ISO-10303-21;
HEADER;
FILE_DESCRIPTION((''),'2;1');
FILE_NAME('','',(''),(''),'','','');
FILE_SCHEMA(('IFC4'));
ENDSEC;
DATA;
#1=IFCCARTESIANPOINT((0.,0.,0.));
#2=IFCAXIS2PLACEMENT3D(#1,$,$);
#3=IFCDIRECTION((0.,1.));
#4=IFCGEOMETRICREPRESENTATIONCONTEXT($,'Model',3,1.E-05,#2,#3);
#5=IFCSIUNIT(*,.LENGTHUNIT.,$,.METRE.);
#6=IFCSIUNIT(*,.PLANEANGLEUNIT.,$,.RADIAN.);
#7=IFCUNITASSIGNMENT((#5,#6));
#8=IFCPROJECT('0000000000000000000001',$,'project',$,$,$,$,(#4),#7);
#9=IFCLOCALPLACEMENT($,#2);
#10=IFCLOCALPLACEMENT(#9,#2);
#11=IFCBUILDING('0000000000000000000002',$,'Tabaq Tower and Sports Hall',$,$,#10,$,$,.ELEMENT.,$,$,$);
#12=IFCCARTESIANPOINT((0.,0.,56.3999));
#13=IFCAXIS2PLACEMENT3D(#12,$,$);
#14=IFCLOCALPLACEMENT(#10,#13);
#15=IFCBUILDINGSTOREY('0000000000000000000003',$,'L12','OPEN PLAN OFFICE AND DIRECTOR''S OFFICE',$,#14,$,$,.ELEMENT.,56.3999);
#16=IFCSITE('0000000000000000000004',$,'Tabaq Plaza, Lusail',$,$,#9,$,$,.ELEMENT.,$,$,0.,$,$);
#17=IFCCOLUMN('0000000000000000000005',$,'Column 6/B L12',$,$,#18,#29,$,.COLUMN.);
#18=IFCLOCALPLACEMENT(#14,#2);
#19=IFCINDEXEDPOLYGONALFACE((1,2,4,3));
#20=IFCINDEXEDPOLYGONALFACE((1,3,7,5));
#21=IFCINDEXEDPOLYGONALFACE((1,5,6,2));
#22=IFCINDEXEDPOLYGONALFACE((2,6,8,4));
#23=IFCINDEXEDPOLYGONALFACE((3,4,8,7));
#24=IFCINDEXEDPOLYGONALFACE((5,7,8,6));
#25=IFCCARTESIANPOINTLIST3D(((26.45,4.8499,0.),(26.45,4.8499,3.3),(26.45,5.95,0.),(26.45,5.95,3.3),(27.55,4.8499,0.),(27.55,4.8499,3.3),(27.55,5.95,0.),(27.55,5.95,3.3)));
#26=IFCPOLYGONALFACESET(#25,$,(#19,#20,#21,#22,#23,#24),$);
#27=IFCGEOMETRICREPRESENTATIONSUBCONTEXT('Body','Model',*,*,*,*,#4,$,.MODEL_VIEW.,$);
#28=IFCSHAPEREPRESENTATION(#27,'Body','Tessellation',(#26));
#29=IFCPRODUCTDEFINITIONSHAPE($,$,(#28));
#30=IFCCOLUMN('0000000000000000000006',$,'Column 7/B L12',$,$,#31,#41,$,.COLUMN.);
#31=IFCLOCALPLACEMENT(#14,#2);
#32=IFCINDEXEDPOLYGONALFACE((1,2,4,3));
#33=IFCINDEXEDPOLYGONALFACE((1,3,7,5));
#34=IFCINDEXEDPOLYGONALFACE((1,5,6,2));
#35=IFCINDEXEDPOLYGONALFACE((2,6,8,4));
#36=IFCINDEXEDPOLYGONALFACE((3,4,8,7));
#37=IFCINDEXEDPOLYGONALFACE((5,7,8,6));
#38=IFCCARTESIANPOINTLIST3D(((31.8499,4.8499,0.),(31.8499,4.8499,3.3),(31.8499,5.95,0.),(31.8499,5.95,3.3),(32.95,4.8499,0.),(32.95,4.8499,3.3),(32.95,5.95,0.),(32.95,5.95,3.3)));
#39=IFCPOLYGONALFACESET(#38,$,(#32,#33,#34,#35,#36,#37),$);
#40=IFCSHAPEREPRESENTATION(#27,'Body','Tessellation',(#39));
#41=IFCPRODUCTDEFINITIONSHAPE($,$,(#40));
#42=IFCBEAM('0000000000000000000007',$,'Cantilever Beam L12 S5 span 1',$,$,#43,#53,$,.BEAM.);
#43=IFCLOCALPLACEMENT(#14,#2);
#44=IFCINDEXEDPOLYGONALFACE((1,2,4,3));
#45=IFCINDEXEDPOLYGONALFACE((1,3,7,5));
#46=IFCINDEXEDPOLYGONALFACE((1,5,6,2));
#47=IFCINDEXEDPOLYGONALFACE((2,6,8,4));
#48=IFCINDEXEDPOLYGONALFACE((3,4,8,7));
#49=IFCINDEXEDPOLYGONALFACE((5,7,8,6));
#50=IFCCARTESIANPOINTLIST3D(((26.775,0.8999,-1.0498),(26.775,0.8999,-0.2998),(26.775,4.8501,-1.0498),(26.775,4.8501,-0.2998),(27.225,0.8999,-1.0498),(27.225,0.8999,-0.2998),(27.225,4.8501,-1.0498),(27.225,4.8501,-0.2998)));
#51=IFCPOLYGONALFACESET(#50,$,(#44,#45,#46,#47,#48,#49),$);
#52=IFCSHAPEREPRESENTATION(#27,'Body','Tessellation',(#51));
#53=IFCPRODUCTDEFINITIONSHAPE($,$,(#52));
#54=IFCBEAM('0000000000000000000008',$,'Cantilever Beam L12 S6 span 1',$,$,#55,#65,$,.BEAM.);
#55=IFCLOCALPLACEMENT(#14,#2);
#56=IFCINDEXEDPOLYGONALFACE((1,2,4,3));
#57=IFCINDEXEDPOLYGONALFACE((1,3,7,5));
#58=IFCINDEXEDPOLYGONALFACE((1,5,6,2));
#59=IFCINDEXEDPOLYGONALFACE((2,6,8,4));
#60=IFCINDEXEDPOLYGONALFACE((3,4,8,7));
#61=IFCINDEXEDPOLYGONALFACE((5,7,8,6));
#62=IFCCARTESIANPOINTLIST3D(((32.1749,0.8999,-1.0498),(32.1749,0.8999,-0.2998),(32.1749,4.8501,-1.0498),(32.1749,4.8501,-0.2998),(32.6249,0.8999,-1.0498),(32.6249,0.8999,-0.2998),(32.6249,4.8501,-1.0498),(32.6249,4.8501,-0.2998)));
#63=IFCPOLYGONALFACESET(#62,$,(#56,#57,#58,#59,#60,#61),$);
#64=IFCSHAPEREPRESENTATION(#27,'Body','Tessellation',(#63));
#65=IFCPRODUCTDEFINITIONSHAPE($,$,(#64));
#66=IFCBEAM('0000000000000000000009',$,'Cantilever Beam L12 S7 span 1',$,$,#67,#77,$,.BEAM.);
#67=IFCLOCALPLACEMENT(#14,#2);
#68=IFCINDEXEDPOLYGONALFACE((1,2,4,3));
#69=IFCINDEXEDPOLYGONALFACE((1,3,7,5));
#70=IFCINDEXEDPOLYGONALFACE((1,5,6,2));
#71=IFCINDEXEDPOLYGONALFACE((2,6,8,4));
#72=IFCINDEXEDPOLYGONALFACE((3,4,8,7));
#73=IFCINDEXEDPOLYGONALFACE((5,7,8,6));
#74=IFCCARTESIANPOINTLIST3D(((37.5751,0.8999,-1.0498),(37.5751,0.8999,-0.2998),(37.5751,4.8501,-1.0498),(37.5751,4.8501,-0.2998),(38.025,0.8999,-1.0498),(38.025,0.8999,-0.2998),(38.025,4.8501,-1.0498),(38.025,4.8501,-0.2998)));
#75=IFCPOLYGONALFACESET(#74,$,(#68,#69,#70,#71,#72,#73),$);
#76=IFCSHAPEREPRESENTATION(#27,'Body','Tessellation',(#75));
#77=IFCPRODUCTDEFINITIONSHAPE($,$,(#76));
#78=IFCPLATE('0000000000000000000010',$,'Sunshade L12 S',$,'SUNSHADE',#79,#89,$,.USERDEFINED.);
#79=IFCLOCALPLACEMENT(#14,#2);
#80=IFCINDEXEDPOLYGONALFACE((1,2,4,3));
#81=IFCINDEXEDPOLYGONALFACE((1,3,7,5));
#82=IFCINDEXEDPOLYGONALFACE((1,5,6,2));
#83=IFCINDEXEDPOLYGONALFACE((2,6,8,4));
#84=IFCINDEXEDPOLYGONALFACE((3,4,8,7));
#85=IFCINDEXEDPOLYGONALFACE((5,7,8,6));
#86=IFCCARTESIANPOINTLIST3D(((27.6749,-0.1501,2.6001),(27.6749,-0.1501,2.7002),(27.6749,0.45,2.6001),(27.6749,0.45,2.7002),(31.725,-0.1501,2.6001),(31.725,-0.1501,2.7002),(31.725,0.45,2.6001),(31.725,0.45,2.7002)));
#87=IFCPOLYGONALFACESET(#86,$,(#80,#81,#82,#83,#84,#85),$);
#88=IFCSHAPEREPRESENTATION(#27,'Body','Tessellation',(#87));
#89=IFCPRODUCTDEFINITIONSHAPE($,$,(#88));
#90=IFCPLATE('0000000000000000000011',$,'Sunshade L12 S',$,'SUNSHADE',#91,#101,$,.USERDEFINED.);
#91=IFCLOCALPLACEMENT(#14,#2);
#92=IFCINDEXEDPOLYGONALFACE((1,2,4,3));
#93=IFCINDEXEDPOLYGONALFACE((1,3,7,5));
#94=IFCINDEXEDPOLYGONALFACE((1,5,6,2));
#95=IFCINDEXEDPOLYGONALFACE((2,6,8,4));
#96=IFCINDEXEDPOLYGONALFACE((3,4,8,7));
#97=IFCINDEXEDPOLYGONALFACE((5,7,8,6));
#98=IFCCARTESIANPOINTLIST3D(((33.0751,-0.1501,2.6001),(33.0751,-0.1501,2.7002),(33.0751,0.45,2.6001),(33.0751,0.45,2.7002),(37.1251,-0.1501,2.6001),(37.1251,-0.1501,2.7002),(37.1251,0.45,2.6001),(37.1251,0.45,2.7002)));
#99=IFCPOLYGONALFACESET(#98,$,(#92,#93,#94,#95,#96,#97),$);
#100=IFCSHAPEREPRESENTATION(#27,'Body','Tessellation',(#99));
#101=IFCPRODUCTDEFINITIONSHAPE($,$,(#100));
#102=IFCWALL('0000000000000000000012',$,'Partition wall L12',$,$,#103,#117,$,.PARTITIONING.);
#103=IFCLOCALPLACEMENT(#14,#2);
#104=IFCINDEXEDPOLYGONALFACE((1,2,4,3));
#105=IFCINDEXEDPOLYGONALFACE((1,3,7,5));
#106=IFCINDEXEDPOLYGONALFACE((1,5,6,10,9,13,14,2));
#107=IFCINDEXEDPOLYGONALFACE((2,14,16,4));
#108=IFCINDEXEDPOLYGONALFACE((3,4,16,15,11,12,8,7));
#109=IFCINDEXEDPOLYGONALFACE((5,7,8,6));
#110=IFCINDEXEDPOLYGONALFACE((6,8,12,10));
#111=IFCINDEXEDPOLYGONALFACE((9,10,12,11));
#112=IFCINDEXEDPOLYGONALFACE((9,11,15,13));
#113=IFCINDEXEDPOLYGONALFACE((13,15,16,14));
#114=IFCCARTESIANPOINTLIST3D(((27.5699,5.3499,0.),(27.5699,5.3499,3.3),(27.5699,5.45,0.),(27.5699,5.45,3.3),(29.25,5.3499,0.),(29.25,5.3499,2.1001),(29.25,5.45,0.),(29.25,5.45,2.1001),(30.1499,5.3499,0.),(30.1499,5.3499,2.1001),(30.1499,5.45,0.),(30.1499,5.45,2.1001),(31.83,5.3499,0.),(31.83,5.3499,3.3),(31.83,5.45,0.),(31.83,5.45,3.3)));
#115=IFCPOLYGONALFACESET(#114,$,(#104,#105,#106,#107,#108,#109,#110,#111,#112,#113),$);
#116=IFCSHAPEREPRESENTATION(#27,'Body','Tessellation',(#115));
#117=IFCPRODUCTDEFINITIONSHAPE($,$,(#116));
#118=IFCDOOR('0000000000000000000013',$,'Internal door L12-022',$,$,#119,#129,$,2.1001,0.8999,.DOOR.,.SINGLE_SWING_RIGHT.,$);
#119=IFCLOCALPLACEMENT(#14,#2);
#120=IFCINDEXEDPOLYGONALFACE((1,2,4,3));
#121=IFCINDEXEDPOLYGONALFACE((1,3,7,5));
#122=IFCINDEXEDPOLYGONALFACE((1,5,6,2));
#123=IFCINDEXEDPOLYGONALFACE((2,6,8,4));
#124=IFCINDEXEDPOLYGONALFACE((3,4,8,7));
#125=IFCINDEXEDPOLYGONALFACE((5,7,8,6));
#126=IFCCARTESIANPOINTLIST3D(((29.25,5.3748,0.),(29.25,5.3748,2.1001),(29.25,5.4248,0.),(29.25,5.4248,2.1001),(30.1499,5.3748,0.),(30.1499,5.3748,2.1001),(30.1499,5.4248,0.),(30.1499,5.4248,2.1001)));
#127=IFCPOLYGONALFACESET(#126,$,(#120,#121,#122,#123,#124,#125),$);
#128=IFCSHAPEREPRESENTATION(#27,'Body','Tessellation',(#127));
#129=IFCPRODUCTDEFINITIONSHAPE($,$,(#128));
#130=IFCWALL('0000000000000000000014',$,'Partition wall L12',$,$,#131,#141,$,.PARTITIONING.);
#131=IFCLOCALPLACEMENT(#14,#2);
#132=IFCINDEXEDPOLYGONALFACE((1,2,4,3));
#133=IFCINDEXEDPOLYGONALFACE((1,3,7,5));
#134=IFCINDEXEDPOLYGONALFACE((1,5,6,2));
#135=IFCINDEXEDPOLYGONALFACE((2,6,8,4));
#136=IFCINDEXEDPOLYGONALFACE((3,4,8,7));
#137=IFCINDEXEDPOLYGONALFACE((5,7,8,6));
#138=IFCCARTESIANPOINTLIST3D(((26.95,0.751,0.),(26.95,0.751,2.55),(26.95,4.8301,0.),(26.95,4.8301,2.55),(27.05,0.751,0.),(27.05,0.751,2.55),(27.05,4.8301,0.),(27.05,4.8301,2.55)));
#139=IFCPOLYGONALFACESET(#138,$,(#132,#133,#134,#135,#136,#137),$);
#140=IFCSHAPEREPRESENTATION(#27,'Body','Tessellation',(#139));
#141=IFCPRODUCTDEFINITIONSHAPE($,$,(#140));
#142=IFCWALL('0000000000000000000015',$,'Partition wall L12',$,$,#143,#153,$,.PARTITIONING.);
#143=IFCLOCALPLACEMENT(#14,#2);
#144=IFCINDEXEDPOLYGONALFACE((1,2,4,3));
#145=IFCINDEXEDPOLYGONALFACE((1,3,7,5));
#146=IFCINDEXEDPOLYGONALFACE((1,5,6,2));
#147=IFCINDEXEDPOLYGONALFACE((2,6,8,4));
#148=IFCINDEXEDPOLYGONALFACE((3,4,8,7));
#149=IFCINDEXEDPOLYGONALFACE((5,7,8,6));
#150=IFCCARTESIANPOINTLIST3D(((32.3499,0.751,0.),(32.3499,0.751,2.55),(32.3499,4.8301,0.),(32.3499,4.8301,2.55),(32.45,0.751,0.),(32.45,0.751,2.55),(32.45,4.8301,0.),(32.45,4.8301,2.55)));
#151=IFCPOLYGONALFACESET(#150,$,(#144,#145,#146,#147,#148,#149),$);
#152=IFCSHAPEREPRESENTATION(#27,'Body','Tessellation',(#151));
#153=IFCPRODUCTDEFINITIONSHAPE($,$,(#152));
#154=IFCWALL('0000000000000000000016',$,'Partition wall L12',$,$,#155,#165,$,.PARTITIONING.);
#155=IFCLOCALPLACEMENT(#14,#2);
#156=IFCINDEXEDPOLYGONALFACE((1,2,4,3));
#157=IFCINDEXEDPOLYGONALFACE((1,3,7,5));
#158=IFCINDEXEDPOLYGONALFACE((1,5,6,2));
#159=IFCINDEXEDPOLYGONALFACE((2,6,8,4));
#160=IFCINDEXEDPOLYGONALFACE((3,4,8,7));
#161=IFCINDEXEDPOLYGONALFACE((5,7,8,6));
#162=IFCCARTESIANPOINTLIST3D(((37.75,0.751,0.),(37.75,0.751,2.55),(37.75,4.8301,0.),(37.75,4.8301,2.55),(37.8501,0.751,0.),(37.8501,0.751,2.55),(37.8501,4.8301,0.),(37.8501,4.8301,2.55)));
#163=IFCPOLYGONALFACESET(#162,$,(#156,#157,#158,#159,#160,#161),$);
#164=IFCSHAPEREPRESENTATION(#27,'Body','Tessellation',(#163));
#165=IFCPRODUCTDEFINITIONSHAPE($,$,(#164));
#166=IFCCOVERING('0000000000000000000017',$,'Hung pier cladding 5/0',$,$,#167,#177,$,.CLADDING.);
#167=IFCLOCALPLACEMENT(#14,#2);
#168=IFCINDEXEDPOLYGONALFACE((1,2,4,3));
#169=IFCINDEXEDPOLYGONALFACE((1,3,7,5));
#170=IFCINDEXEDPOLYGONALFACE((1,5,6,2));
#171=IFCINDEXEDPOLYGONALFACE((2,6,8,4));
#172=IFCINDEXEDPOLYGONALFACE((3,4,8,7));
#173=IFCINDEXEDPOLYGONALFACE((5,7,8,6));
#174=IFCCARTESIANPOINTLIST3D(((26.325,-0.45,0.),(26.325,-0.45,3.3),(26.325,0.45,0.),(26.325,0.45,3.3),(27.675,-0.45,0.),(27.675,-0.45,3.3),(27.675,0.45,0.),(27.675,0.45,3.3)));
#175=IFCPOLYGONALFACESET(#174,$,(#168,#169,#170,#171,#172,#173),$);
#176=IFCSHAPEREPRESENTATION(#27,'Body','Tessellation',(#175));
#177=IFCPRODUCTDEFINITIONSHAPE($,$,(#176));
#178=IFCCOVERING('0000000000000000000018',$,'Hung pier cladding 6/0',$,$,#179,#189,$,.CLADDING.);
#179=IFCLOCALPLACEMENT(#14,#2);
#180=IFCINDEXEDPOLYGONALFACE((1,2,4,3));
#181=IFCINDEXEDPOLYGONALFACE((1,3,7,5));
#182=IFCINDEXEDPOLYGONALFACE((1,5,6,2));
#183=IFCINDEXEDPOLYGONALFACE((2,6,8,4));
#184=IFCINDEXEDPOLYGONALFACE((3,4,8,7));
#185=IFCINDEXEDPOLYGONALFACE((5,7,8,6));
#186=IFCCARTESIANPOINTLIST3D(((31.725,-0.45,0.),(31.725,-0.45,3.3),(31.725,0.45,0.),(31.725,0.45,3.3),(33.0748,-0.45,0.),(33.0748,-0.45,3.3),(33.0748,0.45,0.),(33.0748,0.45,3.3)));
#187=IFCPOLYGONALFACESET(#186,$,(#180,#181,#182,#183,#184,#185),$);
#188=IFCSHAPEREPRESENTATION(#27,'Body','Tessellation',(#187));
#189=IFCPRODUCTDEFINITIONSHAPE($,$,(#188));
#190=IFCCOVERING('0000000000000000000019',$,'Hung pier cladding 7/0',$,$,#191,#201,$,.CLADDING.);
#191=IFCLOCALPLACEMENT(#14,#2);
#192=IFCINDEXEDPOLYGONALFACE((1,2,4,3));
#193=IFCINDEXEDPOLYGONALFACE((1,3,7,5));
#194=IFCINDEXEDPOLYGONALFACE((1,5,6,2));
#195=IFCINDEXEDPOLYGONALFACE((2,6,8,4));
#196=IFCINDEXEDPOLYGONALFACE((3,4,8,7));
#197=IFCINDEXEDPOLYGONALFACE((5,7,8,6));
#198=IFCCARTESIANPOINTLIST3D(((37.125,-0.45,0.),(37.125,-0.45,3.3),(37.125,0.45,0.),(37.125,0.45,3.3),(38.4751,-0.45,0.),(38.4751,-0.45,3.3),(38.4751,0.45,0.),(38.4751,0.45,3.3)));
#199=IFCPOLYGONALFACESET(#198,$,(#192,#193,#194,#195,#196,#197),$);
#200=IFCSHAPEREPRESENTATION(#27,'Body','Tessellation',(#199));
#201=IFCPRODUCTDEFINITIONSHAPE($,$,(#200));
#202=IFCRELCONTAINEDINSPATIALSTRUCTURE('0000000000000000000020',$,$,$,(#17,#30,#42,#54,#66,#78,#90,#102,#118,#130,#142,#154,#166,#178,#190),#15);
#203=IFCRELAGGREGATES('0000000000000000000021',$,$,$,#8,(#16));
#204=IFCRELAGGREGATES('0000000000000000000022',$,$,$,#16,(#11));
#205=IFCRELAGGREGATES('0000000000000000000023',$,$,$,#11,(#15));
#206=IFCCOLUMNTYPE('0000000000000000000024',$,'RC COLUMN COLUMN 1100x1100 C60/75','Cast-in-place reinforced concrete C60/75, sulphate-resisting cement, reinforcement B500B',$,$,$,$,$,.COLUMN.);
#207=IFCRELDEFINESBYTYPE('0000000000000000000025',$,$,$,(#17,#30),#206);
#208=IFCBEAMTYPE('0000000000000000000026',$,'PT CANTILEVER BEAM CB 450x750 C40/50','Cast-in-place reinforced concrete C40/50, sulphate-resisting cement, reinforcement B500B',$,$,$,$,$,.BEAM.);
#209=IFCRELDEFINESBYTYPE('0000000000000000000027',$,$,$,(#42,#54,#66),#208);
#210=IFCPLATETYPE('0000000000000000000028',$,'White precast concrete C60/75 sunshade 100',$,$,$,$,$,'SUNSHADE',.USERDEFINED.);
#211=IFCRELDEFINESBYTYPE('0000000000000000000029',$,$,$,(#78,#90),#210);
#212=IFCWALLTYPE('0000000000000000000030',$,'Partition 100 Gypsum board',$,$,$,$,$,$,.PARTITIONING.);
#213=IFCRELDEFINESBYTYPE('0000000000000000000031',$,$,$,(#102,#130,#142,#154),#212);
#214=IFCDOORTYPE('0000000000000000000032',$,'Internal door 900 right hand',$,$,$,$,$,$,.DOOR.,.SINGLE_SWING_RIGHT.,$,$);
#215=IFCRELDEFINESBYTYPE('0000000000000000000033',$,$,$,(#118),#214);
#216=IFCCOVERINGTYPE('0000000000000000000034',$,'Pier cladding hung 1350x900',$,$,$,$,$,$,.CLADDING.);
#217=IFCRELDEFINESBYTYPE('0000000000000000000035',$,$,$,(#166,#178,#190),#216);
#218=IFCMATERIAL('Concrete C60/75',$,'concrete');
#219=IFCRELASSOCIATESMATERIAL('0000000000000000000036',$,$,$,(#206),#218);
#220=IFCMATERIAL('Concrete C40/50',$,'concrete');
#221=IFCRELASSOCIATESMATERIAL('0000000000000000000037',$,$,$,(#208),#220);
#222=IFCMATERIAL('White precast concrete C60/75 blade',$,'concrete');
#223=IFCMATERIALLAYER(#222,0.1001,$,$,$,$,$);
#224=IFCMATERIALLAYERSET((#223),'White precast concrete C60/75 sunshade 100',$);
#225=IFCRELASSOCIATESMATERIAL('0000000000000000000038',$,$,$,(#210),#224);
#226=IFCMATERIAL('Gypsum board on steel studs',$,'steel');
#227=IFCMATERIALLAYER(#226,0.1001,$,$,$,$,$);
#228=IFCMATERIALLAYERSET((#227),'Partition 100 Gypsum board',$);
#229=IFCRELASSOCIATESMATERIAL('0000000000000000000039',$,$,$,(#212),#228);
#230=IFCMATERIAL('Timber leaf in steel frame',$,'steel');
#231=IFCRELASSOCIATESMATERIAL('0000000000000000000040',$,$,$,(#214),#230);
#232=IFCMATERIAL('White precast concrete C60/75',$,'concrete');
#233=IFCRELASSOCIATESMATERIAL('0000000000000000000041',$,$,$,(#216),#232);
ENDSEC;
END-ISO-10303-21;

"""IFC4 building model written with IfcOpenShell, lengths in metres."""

from ifc_helpers import new_model, si_unit, direction, frame, frame_2d, origin, origin_2d, place, context, subcontext, project, spatial, rectangle, extrude, material, layer, layer_set, material_profile, profile_set, type_object, element, fill, save


model = new_model("IFC4")

# Units and contexts
model_context = context("Model", 3, precision=1e-05, world=origin(), true_north=direction((0.0, 1.0)))
body_context = subcontext(model_context, "Body", "Model", "MODEL_VIEW")
ifc_project = project(units=[si_unit("LENGTHUNIT", "METRE"), si_unit("PLANEANGLEUNIT", "RADIAN")], contexts=[model_context])

# Site, building, storey
site_placement = place(None, origin())
site = spatial("IfcSite", under=ifc_project, at=site_placement, Name="Tabaq Plaza, Lusail", CompositionType="ELEMENT", RefElevation=0.0)
building_placement = place(site_placement, origin())
building = spatial("IfcBuilding", under=site, at=building_placement, Name="Tabaq Tower and Sports Hall", CompositionType="ELEMENT")
storey_placement = place(building_placement, frame((0.0, 0.0, 56.3999)))
storey = spatial("IfcBuildingStorey", under=building, at=storey_placement, Name="L12", Description="OPEN PLAN OFFICE AND DIRECTOR'S OFFICE", CompositionType="ELEMENT", Elevation=56.3999)

# Columns
ifc_material_1 = material(Name="Concrete C60/75", Category="concrete")
ifc_material_profile_1 = material_profile(ifc_material_1, rectangle(XDim=1.1001, YDim=1.1001, at=origin_2d()), Name="COLUMN 1100x1100")
ifc_profile_set_1 = profile_set([ifc_material_profile_1], Name="Concrete C60/75")
column_type = type_object("IfcColumnType", Name="RC COLUMN COLUMN 1100x1100 C60/75", Description="Cast-in-place reinforced concrete C60/75, sulphate-resisting cement, reinforcement B500B", PredefinedType="COLUMN", material=ifc_profile_set_1)
for number, where, z_axis, x_axis, name in (
    (1, (27.0, 5.3999, 0.0), (0.0, 0.0, 1.0), (1.0, 0.0, 0.0), "Column 6/B L12"),
    (2, (32.3999, 5.3999, 0.0), (0.0, 0.0, 1.0), (1.0, 0.0, 0.0), "Column 7/B L12"),
):
    element("IfcColumn", number, at=place(storey_placement, frame(where, z_axis=z_axis, x_axis=x_axis)), inside=storey, type_object=column_type, Name=name, PredefinedType="COLUMN", context=body_context, shape_type="SweptSolid", body=[
        extrude(rectangle(XDim=1.1001, YDim=1.1001, at=origin_2d()), origin(), (0.0, 0.0, 1.0), 3.3),
    ])

# Beams
ifc_material_2 = material(Name="Concrete C40/50", Category="concrete")
ifc_material_profile_2 = material_profile(ifc_material_2, rectangle(XDim=0.45, YDim=0.75, at=origin_2d()), Name="CB 450x750")
ifc_profile_set_2 = profile_set([ifc_material_profile_2], Name="Concrete C40/50")
beam_type = type_object("IfcBeamType", Name="PT CANTILEVER BEAM CB 450x750 C40/50", Description="Cast-in-place reinforced concrete C40/50, sulphate-resisting cement, reinforcement B500B", PredefinedType="BEAM", material=ifc_profile_set_2)
for number, where, z_axis, x_axis, name in (
    (3, (27.0, 0.8999, -0.6748), (0.0, 1.0, 0.0), (-1.0, 0.0, 0.0), "Cantilever Beam L12 S5 span 1"),
    (4, (32.3999, 0.8999, -0.6748), (0.0, 1.0, 0.0), (-1.0, 0.0, 0.0), "Cantilever Beam L12 S6 span 1"),
    (5, (37.8, 0.8999, -0.6748), (0.0, 1.0, 0.0), (-1.0, 0.0, 0.0), "Cantilever Beam L12 S7 span 1"),
):
    element("IfcBeam", number, at=place(storey_placement, frame(where, z_axis=z_axis, x_axis=x_axis)), inside=storey, type_object=beam_type, Name=name, PredefinedType="BEAM", context=body_context, shape_type="SweptSolid", body=[
        extrude(rectangle(XDim=0.45, YDim=0.75, at=origin_2d()), origin(), (0.0, 0.0, 1.0), 3.9502),
    ])

# Plates
ifc_material_3 = material(Name="White precast concrete C60/75 blade", Category="concrete")
ifc_layer_1 = layer(ifc_material_3, 0.1001)
ifc_layer_set_1 = layer_set([ifc_layer_1], Name="White precast concrete C60/75 sunshade 100")
plate_type = type_object("IfcPlateType", Name="White precast concrete C60/75 sunshade 100", ElementType="SUNSHADE", PredefinedType="USERDEFINED", material=ifc_layer_set_1)
for number, where, z_axis, x_axis, name in (
    (6, (29.7, 0.1499, 2.6001), (0.0, 0.0, 1.0), (1.0, 0.0, 0.0), "Sunshade L12 S"),
    (7, (35.1001, 0.1499, 2.6001), (0.0, 0.0, 1.0), (1.0, 0.0, 0.0), "Sunshade L12 S"),
):
    element("IfcPlate", number, at=place(storey_placement, frame(where, z_axis=z_axis, x_axis=x_axis)), inside=storey, type_object=plate_type, Name=name, ObjectType="SUNSHADE", PredefinedType="USERDEFINED", context=body_context, shape_type="SweptSolid", body=[
        extrude(rectangle(XDim=4.05, YDim=0.6001, at=origin_2d()), origin(), (0.0, 0.0, 1.0), 0.1001),
    ])

# Wall, opening, door
ifc_material_4 = material(Name="Gypsum board on steel studs", Category="steel")
ifc_layer_2 = layer(ifc_material_4, 0.1001)
ifc_layer_set_2 = layer_set([ifc_layer_2], Name="Partition 100 Gypsum board")
wall_type = type_object("IfcWallType", Name="Partition 100 Gypsum board", PredefinedType="PARTITIONING", material=ifc_layer_set_2)
wall_placement = place(storey_placement, frame((27.5701, 5.3999, 0.0), z_axis=(0.0, 0.0, 1.0), x_axis=(1.0, 0.0, 0.0)))
wall = element("IfcWall", 8, at=wall_placement, inside=storey, type_object=wall_type, Name="Partition wall L12", PredefinedType="PARTITIONING", context=body_context, shape_type="SweptSolid", body=[
    extrude(rectangle(XDim=4.26, YDim=0.1001, at=frame_2d((2.1299, 0.0))), origin(), (0.0, 0.0, 1.0), 3.3),
])
opening_placement = place(wall_placement, frame((1.6799, 0.0, 0.0)))
opening = element("IfcOpeningElement", 9, at=opening_placement, cuts=wall, PredefinedType="OPENING", context=body_context, shape_type="SweptSolid", body=[
    extrude(rectangle(XDim=0.8999, YDim=2.1001, at=frame_2d((0.45, 1.05))), frame((0.0, 0.05, 0.0), z_axis=(0.0, -1.0, 0.0), x_axis=(1.0, 0.0, 0.0)), (0.0, 0.0, 1.0), 0.1001),
])
ifc_material_5 = material(Name="Timber leaf in steel frame", Category="steel")
door_type = type_object("IfcDoorType", Name="Internal door 900 right hand", OperationType="SINGLE_SWING_RIGHT", PredefinedType="DOOR", material=ifc_material_5)
door_placement = place(opening_placement, origin())
door = element("IfcDoor", 10, at=door_placement, inside=storey, type_object=door_type, Name="Internal door L12-022", OperationType="SINGLE_SWING_RIGHT", OverallHeight=2.1001, OverallWidth=0.8999, PredefinedType="DOOR", context=body_context, shape_type="SweptSolid", body=[
    extrude(rectangle(XDim=0.8999, YDim=2.1001, at=frame_2d((0.45, 1.05))), frame((0.0, 0.0249, 0.0), z_axis=(0.0, -1.0, 0.0), x_axis=(1.0, 0.0, 0.0)), (0.0, 0.0, 1.0), 0.05),
])
fill(opening, door)

# Walls
for number, where, z_axis, x_axis, name in (
    (11, (27.0, 0.751, 0.0), (0.0, 0.0, 1.0), (0.0, 1.0, 0.0), "Partition wall L12"),
    (12, (32.3999, 0.751, 0.0), (0.0, 0.0, 1.0), (0.0, 1.0, 0.0), "Partition wall L12"),
    (13, (37.8, 0.751, 0.0), (0.0, 0.0, 1.0), (0.0, 1.0, 0.0), "Partition wall L12"),
):
    element("IfcWall", number, at=place(storey_placement, frame(where, z_axis=z_axis, x_axis=x_axis)), inside=storey, type_object=wall_type, Name=name, PredefinedType="PARTITIONING", context=body_context, shape_type="SweptSolid", body=[
        extrude(rectangle(XDim=4.0791, YDim=0.1001, at=frame_2d((2.0396, 0.0))), origin(), (0.0, 0.0, 1.0), 2.55),
    ])

# Coverings
ifc_material_6 = material(Name="White precast concrete C60/75", Category="concrete")
covering_type_1 = type_object("IfcCoveringType", Name="Pier cladding hung 1350x900", PredefinedType="CLADDING", material=ifc_material_6)
covering_1_placement = place(storey_placement, frame((26.325, 0.0, 0.0), z_axis=(0.0, 0.0, 1.0), x_axis=(1.0, 0.0, 0.0)))
element("IfcCovering", 14, at=covering_1_placement, inside=storey, type_object=covering_type_1, Name="Hung pier cladding 5/0", PredefinedType="CLADDING", context=body_context, shape_type="SweptSolid", body=[
    extrude(rectangle(XDim=1.3501, YDim=0.8999, at=frame_2d((0.675, 0.0))), origin(), (0.0, 0.0, 1.0), 3.3),
])
covering_2_placement = place(storey_placement, frame((31.7251, 0.0, 0.0), z_axis=(0.0, 0.0, 1.0), x_axis=(1.0, 0.0, 0.0)))
element("IfcCovering", 15, at=covering_2_placement, inside=storey, type_object=covering_type_1, Name="Hung pier cladding 6/0", PredefinedType="CLADDING", context=body_context, shape_type="SweptSolid", body=[
    extrude(rectangle(XDim=1.3499, YDim=0.8999, at=frame_2d((0.6748, 0.0))), origin(), (0.0, 0.0, 1.0), 3.3),
])
covering_3_placement = place(storey_placement, frame((37.125, 0.0, 0.0), z_axis=(0.0, 0.0, 1.0), x_axis=(1.0, 0.0, 0.0)))
element("IfcCovering", 16, at=covering_3_placement, inside=storey, type_object=covering_type_1, Name="Hung pier cladding 7/0", PredefinedType="CLADDING", context=body_context, shape_type="SweptSolid", body=[
    extrude(rectangle(XDim=1.3501, YDim=0.8999, at=frame_2d((0.675, 0.0))), origin(), (0.0, 0.0, 1.0), 3.3),
])

save(model, "model.ifc")
